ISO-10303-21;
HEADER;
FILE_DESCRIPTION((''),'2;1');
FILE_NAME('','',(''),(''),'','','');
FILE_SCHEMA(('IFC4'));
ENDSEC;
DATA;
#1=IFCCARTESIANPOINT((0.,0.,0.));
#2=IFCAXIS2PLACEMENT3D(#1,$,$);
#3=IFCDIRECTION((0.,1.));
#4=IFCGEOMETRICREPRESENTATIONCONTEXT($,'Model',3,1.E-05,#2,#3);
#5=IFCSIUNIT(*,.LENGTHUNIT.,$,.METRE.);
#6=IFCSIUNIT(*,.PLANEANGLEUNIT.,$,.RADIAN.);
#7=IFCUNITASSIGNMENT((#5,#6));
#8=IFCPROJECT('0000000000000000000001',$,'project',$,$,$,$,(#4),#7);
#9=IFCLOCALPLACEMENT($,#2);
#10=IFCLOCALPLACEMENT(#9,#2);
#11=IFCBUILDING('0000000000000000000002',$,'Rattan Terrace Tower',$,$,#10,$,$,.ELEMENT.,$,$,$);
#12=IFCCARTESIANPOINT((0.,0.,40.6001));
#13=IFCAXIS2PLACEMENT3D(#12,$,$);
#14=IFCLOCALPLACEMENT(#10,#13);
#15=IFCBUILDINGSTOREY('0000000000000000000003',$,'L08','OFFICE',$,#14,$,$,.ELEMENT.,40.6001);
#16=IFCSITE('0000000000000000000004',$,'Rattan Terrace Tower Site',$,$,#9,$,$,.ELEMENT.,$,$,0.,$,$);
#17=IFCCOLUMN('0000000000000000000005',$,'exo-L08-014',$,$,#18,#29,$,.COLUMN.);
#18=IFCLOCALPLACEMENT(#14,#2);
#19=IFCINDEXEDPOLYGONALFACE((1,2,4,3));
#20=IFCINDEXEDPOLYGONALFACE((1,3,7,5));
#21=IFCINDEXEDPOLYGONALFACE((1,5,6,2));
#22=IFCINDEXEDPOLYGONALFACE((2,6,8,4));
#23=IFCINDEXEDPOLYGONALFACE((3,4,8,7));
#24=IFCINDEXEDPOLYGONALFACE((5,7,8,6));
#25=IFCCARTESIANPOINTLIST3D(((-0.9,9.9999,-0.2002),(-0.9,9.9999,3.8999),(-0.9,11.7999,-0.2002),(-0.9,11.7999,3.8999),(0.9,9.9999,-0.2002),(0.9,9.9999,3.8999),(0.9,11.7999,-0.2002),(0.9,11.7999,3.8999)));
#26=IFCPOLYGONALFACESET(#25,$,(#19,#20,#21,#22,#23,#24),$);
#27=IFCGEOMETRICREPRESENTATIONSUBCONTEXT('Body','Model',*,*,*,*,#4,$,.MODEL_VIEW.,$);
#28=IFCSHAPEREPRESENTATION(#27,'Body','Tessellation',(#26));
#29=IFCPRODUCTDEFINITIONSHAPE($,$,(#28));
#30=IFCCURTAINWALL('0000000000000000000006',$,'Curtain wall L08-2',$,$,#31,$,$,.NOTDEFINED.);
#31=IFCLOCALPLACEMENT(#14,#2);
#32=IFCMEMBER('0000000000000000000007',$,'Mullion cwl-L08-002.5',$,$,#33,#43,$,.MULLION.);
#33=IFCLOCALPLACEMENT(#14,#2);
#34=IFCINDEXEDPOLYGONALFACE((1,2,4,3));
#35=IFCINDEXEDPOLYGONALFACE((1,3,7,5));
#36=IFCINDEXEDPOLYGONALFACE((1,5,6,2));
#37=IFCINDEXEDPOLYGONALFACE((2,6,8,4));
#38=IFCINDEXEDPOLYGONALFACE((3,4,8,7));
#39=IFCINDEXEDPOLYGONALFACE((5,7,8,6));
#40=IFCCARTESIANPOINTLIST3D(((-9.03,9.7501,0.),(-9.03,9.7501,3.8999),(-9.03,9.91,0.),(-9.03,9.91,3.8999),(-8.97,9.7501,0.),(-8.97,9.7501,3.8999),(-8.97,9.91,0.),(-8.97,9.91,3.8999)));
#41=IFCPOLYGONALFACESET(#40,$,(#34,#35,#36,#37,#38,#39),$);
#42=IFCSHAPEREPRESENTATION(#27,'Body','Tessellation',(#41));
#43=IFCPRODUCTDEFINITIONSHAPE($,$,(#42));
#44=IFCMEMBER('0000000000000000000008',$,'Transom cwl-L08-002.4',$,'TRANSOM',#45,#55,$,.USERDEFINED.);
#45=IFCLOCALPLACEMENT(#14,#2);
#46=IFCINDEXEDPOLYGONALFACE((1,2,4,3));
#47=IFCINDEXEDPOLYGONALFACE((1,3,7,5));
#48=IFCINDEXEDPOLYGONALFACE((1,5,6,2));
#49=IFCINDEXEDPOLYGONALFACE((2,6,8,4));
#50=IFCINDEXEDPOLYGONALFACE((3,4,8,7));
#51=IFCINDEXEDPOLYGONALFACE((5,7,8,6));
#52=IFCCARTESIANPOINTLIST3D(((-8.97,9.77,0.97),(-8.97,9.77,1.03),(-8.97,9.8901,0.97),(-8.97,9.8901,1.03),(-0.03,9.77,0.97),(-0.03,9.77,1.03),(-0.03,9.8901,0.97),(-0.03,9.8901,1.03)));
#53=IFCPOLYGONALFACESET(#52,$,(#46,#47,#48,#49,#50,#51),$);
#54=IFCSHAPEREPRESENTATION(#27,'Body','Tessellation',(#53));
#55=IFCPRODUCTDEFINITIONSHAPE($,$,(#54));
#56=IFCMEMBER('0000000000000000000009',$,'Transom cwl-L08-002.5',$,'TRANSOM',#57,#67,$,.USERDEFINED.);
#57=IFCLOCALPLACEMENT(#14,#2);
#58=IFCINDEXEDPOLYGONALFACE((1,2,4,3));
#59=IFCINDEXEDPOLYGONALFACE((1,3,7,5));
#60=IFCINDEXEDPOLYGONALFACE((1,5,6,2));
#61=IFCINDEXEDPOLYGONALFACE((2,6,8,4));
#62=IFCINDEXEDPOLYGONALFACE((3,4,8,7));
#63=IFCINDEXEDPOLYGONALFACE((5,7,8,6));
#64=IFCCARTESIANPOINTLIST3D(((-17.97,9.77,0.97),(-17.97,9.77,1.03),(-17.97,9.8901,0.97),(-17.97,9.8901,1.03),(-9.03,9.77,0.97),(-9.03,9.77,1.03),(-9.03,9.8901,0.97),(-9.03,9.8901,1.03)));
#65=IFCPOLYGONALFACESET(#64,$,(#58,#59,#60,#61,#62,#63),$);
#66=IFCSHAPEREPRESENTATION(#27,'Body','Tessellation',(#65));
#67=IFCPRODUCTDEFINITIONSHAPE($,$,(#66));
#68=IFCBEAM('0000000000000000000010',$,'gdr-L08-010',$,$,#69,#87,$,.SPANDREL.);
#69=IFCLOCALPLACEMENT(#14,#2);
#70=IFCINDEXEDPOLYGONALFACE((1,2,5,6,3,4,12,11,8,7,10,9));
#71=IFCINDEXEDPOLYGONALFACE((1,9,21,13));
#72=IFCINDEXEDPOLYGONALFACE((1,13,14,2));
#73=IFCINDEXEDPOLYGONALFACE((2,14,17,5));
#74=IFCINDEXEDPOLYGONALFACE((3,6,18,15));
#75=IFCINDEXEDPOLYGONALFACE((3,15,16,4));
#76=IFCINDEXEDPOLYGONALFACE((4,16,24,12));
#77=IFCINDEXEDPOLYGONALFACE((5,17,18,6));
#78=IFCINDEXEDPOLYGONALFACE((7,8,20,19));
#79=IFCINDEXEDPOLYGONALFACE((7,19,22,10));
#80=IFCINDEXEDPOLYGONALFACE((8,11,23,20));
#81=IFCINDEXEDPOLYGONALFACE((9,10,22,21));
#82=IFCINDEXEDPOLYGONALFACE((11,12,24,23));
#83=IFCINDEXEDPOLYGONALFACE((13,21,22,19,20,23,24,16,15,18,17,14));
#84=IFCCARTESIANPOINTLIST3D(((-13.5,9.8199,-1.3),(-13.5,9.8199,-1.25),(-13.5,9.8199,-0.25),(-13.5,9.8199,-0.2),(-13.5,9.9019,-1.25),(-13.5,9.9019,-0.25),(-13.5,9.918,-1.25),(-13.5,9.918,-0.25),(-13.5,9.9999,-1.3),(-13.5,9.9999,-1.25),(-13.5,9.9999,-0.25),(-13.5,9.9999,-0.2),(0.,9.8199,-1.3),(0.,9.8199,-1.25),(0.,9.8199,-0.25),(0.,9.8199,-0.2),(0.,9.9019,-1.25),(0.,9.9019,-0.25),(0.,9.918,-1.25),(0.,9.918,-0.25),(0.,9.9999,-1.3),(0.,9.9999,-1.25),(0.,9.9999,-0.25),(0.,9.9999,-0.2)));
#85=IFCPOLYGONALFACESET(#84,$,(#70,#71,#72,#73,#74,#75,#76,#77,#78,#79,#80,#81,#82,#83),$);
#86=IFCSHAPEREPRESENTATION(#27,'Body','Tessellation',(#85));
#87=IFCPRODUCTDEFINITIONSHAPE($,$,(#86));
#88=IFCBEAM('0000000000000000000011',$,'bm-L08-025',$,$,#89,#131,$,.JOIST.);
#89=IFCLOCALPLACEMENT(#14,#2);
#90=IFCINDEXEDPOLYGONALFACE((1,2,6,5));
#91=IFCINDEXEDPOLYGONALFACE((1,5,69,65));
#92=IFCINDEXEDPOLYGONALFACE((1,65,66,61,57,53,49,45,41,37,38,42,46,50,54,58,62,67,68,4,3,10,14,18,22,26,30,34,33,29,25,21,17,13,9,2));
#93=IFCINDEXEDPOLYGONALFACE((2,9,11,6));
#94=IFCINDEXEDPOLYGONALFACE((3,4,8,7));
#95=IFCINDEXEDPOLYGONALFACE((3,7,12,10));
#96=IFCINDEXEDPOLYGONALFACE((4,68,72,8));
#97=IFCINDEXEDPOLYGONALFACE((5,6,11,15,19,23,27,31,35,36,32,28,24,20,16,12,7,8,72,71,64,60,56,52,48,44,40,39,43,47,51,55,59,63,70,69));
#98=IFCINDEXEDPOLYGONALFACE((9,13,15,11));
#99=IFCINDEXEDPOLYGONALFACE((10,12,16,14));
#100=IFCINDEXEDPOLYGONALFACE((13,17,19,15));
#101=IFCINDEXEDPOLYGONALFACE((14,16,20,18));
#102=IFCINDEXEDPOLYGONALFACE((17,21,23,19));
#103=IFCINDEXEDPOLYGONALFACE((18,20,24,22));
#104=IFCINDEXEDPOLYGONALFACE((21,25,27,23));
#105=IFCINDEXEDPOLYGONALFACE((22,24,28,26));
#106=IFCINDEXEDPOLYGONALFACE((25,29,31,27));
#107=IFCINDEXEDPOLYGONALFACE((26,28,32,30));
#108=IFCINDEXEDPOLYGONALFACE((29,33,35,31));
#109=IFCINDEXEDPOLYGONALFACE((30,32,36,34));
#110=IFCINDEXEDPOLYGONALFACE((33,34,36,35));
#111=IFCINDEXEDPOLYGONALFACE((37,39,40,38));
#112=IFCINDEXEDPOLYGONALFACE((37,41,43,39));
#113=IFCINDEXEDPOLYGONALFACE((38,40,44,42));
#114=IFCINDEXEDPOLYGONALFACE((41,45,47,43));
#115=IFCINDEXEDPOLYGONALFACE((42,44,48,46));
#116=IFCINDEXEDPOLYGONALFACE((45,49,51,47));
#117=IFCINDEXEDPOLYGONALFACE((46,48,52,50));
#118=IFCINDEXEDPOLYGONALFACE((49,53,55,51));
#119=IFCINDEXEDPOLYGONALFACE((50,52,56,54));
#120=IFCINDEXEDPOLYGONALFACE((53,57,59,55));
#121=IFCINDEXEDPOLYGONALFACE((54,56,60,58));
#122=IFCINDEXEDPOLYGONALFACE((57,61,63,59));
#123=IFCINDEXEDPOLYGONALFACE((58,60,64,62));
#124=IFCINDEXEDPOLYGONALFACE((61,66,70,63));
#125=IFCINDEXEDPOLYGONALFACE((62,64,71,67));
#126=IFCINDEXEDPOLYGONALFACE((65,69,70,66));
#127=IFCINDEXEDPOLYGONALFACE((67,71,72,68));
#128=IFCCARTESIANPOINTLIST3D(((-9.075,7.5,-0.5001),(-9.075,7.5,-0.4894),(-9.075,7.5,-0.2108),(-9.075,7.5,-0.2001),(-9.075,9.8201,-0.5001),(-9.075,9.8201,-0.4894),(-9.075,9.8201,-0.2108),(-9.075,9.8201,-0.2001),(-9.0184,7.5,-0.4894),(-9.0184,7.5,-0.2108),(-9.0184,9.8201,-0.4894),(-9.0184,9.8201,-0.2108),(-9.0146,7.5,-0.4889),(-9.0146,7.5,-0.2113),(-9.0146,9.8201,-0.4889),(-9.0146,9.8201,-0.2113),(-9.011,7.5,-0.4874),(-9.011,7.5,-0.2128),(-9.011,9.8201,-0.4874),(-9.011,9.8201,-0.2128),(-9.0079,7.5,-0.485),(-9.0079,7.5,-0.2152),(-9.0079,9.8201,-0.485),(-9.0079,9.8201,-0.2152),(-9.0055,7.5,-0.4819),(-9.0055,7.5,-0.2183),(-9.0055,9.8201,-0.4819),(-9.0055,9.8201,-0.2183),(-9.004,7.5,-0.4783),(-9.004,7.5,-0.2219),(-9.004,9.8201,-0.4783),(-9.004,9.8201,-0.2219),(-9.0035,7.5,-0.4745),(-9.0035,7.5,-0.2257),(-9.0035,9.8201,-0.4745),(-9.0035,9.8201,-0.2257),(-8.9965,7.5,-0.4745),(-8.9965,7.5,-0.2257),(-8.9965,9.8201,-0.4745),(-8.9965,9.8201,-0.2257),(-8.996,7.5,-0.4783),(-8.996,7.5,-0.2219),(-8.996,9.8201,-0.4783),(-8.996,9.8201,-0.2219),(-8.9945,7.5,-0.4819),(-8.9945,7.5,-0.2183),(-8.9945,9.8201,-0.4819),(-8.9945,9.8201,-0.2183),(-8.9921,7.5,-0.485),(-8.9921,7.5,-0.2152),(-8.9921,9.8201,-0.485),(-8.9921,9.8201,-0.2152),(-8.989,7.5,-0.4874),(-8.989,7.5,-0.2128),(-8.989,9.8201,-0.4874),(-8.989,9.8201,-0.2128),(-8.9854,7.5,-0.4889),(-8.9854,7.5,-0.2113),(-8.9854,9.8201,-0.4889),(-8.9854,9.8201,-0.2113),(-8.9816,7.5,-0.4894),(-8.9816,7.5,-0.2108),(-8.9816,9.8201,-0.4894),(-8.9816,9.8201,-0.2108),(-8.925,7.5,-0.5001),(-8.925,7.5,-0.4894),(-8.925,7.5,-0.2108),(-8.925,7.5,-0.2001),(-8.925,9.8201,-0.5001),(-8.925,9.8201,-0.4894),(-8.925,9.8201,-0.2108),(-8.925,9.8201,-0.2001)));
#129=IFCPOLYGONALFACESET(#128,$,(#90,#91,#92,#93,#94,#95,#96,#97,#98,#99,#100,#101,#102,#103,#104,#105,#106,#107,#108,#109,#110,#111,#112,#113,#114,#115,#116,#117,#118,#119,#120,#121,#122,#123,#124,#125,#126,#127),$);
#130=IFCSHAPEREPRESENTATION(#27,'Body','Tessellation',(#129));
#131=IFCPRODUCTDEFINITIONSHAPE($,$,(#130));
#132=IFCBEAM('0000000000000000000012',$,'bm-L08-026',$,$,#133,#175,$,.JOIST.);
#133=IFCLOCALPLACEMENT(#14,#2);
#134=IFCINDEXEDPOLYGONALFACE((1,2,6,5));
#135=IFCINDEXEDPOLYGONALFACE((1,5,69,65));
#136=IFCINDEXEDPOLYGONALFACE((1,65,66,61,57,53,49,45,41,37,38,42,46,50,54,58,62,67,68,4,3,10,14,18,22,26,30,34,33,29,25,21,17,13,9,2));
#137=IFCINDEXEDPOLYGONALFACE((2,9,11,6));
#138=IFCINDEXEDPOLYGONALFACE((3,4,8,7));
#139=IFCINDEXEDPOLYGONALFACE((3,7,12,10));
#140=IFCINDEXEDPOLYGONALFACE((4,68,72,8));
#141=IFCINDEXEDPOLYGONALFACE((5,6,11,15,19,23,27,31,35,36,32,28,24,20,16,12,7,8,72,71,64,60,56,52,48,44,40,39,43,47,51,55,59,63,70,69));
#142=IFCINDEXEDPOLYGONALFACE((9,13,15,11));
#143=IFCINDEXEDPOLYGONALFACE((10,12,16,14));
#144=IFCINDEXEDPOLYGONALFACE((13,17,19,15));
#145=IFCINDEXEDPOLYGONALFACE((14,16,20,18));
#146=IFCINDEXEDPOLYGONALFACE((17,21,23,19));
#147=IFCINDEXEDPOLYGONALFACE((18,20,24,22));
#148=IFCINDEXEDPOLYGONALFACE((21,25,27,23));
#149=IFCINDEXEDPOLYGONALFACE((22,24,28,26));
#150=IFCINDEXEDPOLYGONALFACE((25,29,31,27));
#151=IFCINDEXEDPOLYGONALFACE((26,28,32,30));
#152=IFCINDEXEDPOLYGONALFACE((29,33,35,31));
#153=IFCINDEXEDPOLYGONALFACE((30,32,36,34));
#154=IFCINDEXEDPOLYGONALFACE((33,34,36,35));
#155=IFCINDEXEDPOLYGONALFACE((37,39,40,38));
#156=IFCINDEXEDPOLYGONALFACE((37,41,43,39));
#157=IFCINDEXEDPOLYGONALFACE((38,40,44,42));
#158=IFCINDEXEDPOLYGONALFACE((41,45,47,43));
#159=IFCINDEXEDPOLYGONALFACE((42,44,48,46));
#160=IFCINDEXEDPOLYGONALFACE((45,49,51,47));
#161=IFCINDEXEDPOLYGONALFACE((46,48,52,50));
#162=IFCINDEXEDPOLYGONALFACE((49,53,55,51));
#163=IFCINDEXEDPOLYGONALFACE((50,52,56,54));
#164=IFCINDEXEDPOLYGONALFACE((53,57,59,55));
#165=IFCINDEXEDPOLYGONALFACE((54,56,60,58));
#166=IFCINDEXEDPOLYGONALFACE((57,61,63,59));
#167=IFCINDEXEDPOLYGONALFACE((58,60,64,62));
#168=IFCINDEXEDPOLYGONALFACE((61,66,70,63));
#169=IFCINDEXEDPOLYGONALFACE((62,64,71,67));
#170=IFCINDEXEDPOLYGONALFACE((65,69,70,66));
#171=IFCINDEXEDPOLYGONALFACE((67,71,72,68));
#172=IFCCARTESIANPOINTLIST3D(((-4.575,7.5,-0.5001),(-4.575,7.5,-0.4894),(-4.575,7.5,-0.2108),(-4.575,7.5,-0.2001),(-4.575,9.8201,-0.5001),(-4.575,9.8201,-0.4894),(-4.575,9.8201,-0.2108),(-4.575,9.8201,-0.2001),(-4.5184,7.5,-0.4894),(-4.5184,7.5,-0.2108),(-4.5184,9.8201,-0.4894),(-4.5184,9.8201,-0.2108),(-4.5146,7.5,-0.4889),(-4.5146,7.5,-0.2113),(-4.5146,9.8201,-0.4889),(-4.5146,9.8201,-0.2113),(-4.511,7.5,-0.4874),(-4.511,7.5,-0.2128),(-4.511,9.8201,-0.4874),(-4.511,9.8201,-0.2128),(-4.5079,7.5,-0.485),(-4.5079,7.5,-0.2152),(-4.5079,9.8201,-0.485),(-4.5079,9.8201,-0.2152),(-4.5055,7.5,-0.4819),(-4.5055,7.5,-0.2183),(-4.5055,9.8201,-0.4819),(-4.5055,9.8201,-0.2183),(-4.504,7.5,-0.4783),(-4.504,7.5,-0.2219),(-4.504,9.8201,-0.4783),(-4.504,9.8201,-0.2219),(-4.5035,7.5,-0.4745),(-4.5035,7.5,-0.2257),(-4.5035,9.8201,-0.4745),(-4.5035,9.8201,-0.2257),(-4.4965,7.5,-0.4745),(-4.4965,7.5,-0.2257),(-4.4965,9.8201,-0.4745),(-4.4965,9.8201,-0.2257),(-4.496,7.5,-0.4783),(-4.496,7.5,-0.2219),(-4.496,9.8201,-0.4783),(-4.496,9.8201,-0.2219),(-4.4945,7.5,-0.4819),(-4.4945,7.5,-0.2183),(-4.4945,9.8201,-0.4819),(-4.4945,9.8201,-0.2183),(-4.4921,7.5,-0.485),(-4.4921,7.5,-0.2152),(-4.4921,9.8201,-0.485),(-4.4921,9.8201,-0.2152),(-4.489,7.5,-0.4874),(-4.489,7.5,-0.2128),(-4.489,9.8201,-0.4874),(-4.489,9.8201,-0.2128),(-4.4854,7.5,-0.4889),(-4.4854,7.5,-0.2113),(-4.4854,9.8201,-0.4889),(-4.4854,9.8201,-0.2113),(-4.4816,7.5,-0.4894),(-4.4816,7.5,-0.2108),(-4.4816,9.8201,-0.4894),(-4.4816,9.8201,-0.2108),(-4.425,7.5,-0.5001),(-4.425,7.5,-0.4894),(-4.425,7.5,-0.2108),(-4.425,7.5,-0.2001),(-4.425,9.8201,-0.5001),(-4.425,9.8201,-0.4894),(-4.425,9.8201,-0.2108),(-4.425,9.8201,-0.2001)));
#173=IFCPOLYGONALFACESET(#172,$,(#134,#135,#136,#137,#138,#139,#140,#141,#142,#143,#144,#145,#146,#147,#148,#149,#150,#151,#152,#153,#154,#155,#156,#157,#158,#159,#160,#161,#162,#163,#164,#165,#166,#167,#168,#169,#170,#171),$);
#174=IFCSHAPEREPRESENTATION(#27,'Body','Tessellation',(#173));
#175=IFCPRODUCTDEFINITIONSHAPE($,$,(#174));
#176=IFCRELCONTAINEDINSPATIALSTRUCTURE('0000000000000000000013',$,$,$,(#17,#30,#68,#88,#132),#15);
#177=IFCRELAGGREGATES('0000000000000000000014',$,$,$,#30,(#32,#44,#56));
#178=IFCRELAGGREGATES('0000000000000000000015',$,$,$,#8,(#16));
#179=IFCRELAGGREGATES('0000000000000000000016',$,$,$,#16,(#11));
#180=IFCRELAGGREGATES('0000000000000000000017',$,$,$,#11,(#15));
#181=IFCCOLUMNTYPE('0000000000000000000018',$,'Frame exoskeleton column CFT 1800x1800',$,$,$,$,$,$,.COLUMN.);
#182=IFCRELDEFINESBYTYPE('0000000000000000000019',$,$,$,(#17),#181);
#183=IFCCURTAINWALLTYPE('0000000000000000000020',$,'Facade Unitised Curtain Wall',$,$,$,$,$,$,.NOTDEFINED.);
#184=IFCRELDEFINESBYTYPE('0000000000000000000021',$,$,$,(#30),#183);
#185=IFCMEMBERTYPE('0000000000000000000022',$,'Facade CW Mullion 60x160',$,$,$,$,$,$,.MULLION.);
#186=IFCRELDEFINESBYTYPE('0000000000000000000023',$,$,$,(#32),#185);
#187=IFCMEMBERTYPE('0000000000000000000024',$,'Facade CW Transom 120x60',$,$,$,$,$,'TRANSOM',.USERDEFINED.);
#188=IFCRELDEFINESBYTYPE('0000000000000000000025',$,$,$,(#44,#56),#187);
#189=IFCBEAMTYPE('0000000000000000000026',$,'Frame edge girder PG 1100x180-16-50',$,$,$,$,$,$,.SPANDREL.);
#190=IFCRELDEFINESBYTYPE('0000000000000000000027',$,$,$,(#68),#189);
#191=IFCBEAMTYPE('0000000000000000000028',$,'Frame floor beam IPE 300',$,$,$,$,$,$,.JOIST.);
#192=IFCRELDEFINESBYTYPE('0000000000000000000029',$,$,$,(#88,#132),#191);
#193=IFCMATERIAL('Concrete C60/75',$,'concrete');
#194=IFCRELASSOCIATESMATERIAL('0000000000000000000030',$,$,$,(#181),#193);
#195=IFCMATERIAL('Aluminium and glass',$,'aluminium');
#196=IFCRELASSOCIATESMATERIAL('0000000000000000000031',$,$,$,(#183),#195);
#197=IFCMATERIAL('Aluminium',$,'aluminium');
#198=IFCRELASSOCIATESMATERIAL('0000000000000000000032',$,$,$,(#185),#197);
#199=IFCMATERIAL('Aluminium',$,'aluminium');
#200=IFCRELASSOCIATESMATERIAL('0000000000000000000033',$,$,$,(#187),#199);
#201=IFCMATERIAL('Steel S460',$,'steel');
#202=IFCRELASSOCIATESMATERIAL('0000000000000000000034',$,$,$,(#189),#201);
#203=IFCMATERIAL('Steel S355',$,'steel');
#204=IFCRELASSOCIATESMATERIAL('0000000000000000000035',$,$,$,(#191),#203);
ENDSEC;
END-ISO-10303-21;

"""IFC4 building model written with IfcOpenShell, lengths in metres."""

from ifc_helpers import new_model, si_unit, direction, frame, origin, origin_2d, place, context, subcontext, project, spatial, rectangle, i_section, extrude, material, material_profile, profile_set, type_object, element, aggregate, save


model = new_model("IFC4")

# Units and contexts
model_context = context("Model", 3, precision=1e-05, world=origin(), true_north=direction((0.0, 1.0)))
body_context = subcontext(model_context, "Body", "Model", "MODEL_VIEW")
ifc_project = project(units=[si_unit("LENGTHUNIT", "METRE"), si_unit("PLANEANGLEUNIT", "RADIAN")], contexts=[model_context])

# Site, building, storey
site_placement = place(None, origin())
site = spatial("IfcSite", under=ifc_project, at=site_placement, Name="Rattan Terrace Tower Site", CompositionType="ELEMENT", RefElevation=0.0)
building_placement = place(site_placement, origin())
building = spatial("IfcBuilding", under=site, at=building_placement, Name="Rattan Terrace Tower", CompositionType="ELEMENT")
storey_placement = place(building_placement, frame((0.0, 0.0, 40.6001)))
storey = spatial("IfcBuildingStorey", under=building, at=storey_placement, Name="L08", Description="OFFICE", CompositionType="ELEMENT", Elevation=40.6001)

# Column
ifc_material_1 = material(Name="Concrete C60/75", Category="concrete")
ifc_material_profile_1 = material_profile(ifc_material_1, rectangle(XDim=1.8, YDim=1.8, at=origin_2d()), Name="CFT 1800x1800")
ifc_profile_set_1 = profile_set([ifc_material_profile_1], Name="Concrete C60/75")
column_type = type_object("IfcColumnType", Name="Frame exoskeleton column CFT 1800x1800", PredefinedType="COLUMN", material=ifc_profile_set_1)
column_placement = place(storey_placement, frame((0.0, 10.8999, -0.2002), z_axis=(0.0, 0.0, 1.0), x_axis=(1.0, 0.0, 0.0)))
element("IfcColumn", 1, at=column_placement, inside=storey, type_object=column_type, Name="exo-L08-014", PredefinedType="COLUMN", context=body_context, shape_type="SweptSolid", body=[
    extrude(rectangle(XDim=1.8, YDim=1.8, at=origin_2d()), origin(), (0.0, 0.0, 1.0), 4.1001),
])

# Curtain wall, members
ifc_material_2 = material(Name="Aluminium and glass", Category="aluminium")
curtain_wall_type = type_object("IfcCurtainWallType", Name="Facade Unitised Curtain Wall", PredefinedType="NOTDEFINED", material=ifc_material_2)
curtain_wall_placement = place(storey_placement, origin())
curtain_wall = element("IfcCurtainWall", 2, at=curtain_wall_placement, inside=storey, type_object=curtain_wall_type, Name="Curtain wall L08-2", PredefinedType="NOTDEFINED")
ifc_material_3 = material(Name="Aluminium", Category="aluminium")
ifc_material_profile_2 = material_profile(ifc_material_3, rectangle(XDim=0.0601, YDim=0.1599, at=origin_2d()), Name="Aluminium 60x160")
ifc_profile_set_2 = profile_set([ifc_material_profile_2], Name="Aluminium")
member_type_1 = type_object("IfcMemberType", Name="Facade CW Mullion 60x160", PredefinedType="MULLION", material=ifc_profile_set_2)
member_1_placement = place(storey_placement, frame((-9.0, 9.8301, 0.0), z_axis=(0.0, 0.0, 1.0), x_axis=(-1.0, 0.0, 0.0)))
member_1 = element("IfcMember", 3, at=member_1_placement, type_object=member_type_1, Name="Mullion cwl-L08-002.5", PredefinedType="MULLION", context=body_context, shape_type="SweptSolid", body=[
    extrude(rectangle(XDim=0.0601, YDim=0.1599, at=origin_2d()), origin(), (0.0, 0.0, 1.0), 3.8999),
])
ifc_material_4 = material(Name="Aluminium", Category="aluminium")
ifc_material_profile_3 = material_profile(ifc_material_4, rectangle(XDim=0.1201, YDim=0.0601, at=origin_2d()), Name="Aluminium 120x60")
ifc_profile_set_3 = profile_set([ifc_material_profile_3], Name="Aluminium")
member_type_2 = type_object("IfcMemberType", Name="Facade CW Transom 120x60", ElementType="TRANSOM", PredefinedType="USERDEFINED", material=ifc_profile_set_3)
member_2_placement = place(storey_placement, frame((-0.03, 9.8301, 1.0), z_axis=(-1.0, 0.0, 0.0), x_axis=(0.0, -1.0, 0.0)))
member_2 = element("IfcMember", 4, at=member_2_placement, type_object=member_type_2, Name="Transom cwl-L08-002.4", ObjectType="TRANSOM", PredefinedType="USERDEFINED", context=body_context, shape_type="SweptSolid", body=[
    extrude(rectangle(XDim=0.1201, YDim=0.0601, at=origin_2d()), origin(), (0.0, 0.0, 1.0), 8.9399),
])
member_3_placement = place(storey_placement, frame((-9.03, 9.8301, 1.0), z_axis=(-1.0, 0.0, 0.0), x_axis=(0.0, -1.0, 0.0)))
member_3 = element("IfcMember", 5, at=member_3_placement, type_object=member_type_2, Name="Transom cwl-L08-002.5", ObjectType="TRANSOM", PredefinedType="USERDEFINED", context=body_context, shape_type="SweptSolid", body=[
    extrude(rectangle(XDim=0.1201, YDim=0.0601, at=origin_2d()), origin(), (0.0, 0.0, 1.0), 8.9399),
])

# Beams
ifc_material_5 = material(Name="Steel S460", Category="steel")
ifc_material_profile_4 = material_profile(ifc_material_5, i_section(OverallWidth=0.1799, OverallDepth=1.1001, WebThickness=0.0161, FlangeThickness=0.05, at=origin_2d()), Name="PG 1100x180-16-50")
ifc_profile_set_4 = profile_set([ifc_material_profile_4], Name="Steel S460")
beam_type_1 = type_object("IfcBeamType", Name="Frame edge girder PG 1100x180-16-50", PredefinedType="SPANDREL", material=ifc_profile_set_4)
beam_placement = place(storey_placement, frame((0.0, 9.9099, -0.75), z_axis=(-1.0, 0.0, 0.0), x_axis=(0.0, -1.0, 0.0)))
element("IfcBeam", 6, at=beam_placement, inside=storey, type_object=beam_type_1, Name="gdr-L08-010", PredefinedType="SPANDREL", context=body_context, shape_type="SweptSolid", body=[
    extrude(i_section(OverallWidth=0.1799, OverallDepth=1.1001, WebThickness=0.0161, FlangeThickness=0.05, at=origin_2d()), origin(), (0.0, 0.0, 1.0), 13.5),
])
ifc_material_6 = material(Name="Steel S355", Category="steel")
ifc_material_profile_5 = material_profile(ifc_material_6, i_section(OverallWidth=0.1499, OverallDepth=0.3, WebThickness=0.0071, FlangeThickness=0.0107, FilletRadius=0.0149, at=origin_2d()), Name="IPE 300")
ifc_profile_set_5 = profile_set([ifc_material_profile_5], Name="Steel S355")
beam_type_2 = type_object("IfcBeamType", Name="Frame floor beam IPE 300", PredefinedType="JOIST", material=ifc_profile_set_5)
for number, where, z_axis, x_axis, name in (
    (7, (-9.0, 7.5, -0.3501), (0.0, 1.0, 0.0), (-1.0, 0.0, 0.0), "bm-L08-025"),
    (8, (-4.5, 7.5, -0.3501), (0.0, 1.0, 0.0), (-1.0, 0.0, 0.0), "bm-L08-026"),
):
    element("IfcBeam", number, at=place(storey_placement, frame(where, z_axis=z_axis, x_axis=x_axis)), inside=storey, type_object=beam_type_2, Name=name, PredefinedType="JOIST", context=body_context, shape_type="SweptSolid", body=[
        extrude(i_section(OverallWidth=0.1499, OverallDepth=0.3, WebThickness=0.0071, FlangeThickness=0.0107, FilletRadius=0.0149, at=origin_2d()), origin(), (0.0, 0.0, 1.0), 2.3201),
    ])

aggregate(curtain_wall, [member_1, member_2, member_3])

save(model, "model.ifc")
